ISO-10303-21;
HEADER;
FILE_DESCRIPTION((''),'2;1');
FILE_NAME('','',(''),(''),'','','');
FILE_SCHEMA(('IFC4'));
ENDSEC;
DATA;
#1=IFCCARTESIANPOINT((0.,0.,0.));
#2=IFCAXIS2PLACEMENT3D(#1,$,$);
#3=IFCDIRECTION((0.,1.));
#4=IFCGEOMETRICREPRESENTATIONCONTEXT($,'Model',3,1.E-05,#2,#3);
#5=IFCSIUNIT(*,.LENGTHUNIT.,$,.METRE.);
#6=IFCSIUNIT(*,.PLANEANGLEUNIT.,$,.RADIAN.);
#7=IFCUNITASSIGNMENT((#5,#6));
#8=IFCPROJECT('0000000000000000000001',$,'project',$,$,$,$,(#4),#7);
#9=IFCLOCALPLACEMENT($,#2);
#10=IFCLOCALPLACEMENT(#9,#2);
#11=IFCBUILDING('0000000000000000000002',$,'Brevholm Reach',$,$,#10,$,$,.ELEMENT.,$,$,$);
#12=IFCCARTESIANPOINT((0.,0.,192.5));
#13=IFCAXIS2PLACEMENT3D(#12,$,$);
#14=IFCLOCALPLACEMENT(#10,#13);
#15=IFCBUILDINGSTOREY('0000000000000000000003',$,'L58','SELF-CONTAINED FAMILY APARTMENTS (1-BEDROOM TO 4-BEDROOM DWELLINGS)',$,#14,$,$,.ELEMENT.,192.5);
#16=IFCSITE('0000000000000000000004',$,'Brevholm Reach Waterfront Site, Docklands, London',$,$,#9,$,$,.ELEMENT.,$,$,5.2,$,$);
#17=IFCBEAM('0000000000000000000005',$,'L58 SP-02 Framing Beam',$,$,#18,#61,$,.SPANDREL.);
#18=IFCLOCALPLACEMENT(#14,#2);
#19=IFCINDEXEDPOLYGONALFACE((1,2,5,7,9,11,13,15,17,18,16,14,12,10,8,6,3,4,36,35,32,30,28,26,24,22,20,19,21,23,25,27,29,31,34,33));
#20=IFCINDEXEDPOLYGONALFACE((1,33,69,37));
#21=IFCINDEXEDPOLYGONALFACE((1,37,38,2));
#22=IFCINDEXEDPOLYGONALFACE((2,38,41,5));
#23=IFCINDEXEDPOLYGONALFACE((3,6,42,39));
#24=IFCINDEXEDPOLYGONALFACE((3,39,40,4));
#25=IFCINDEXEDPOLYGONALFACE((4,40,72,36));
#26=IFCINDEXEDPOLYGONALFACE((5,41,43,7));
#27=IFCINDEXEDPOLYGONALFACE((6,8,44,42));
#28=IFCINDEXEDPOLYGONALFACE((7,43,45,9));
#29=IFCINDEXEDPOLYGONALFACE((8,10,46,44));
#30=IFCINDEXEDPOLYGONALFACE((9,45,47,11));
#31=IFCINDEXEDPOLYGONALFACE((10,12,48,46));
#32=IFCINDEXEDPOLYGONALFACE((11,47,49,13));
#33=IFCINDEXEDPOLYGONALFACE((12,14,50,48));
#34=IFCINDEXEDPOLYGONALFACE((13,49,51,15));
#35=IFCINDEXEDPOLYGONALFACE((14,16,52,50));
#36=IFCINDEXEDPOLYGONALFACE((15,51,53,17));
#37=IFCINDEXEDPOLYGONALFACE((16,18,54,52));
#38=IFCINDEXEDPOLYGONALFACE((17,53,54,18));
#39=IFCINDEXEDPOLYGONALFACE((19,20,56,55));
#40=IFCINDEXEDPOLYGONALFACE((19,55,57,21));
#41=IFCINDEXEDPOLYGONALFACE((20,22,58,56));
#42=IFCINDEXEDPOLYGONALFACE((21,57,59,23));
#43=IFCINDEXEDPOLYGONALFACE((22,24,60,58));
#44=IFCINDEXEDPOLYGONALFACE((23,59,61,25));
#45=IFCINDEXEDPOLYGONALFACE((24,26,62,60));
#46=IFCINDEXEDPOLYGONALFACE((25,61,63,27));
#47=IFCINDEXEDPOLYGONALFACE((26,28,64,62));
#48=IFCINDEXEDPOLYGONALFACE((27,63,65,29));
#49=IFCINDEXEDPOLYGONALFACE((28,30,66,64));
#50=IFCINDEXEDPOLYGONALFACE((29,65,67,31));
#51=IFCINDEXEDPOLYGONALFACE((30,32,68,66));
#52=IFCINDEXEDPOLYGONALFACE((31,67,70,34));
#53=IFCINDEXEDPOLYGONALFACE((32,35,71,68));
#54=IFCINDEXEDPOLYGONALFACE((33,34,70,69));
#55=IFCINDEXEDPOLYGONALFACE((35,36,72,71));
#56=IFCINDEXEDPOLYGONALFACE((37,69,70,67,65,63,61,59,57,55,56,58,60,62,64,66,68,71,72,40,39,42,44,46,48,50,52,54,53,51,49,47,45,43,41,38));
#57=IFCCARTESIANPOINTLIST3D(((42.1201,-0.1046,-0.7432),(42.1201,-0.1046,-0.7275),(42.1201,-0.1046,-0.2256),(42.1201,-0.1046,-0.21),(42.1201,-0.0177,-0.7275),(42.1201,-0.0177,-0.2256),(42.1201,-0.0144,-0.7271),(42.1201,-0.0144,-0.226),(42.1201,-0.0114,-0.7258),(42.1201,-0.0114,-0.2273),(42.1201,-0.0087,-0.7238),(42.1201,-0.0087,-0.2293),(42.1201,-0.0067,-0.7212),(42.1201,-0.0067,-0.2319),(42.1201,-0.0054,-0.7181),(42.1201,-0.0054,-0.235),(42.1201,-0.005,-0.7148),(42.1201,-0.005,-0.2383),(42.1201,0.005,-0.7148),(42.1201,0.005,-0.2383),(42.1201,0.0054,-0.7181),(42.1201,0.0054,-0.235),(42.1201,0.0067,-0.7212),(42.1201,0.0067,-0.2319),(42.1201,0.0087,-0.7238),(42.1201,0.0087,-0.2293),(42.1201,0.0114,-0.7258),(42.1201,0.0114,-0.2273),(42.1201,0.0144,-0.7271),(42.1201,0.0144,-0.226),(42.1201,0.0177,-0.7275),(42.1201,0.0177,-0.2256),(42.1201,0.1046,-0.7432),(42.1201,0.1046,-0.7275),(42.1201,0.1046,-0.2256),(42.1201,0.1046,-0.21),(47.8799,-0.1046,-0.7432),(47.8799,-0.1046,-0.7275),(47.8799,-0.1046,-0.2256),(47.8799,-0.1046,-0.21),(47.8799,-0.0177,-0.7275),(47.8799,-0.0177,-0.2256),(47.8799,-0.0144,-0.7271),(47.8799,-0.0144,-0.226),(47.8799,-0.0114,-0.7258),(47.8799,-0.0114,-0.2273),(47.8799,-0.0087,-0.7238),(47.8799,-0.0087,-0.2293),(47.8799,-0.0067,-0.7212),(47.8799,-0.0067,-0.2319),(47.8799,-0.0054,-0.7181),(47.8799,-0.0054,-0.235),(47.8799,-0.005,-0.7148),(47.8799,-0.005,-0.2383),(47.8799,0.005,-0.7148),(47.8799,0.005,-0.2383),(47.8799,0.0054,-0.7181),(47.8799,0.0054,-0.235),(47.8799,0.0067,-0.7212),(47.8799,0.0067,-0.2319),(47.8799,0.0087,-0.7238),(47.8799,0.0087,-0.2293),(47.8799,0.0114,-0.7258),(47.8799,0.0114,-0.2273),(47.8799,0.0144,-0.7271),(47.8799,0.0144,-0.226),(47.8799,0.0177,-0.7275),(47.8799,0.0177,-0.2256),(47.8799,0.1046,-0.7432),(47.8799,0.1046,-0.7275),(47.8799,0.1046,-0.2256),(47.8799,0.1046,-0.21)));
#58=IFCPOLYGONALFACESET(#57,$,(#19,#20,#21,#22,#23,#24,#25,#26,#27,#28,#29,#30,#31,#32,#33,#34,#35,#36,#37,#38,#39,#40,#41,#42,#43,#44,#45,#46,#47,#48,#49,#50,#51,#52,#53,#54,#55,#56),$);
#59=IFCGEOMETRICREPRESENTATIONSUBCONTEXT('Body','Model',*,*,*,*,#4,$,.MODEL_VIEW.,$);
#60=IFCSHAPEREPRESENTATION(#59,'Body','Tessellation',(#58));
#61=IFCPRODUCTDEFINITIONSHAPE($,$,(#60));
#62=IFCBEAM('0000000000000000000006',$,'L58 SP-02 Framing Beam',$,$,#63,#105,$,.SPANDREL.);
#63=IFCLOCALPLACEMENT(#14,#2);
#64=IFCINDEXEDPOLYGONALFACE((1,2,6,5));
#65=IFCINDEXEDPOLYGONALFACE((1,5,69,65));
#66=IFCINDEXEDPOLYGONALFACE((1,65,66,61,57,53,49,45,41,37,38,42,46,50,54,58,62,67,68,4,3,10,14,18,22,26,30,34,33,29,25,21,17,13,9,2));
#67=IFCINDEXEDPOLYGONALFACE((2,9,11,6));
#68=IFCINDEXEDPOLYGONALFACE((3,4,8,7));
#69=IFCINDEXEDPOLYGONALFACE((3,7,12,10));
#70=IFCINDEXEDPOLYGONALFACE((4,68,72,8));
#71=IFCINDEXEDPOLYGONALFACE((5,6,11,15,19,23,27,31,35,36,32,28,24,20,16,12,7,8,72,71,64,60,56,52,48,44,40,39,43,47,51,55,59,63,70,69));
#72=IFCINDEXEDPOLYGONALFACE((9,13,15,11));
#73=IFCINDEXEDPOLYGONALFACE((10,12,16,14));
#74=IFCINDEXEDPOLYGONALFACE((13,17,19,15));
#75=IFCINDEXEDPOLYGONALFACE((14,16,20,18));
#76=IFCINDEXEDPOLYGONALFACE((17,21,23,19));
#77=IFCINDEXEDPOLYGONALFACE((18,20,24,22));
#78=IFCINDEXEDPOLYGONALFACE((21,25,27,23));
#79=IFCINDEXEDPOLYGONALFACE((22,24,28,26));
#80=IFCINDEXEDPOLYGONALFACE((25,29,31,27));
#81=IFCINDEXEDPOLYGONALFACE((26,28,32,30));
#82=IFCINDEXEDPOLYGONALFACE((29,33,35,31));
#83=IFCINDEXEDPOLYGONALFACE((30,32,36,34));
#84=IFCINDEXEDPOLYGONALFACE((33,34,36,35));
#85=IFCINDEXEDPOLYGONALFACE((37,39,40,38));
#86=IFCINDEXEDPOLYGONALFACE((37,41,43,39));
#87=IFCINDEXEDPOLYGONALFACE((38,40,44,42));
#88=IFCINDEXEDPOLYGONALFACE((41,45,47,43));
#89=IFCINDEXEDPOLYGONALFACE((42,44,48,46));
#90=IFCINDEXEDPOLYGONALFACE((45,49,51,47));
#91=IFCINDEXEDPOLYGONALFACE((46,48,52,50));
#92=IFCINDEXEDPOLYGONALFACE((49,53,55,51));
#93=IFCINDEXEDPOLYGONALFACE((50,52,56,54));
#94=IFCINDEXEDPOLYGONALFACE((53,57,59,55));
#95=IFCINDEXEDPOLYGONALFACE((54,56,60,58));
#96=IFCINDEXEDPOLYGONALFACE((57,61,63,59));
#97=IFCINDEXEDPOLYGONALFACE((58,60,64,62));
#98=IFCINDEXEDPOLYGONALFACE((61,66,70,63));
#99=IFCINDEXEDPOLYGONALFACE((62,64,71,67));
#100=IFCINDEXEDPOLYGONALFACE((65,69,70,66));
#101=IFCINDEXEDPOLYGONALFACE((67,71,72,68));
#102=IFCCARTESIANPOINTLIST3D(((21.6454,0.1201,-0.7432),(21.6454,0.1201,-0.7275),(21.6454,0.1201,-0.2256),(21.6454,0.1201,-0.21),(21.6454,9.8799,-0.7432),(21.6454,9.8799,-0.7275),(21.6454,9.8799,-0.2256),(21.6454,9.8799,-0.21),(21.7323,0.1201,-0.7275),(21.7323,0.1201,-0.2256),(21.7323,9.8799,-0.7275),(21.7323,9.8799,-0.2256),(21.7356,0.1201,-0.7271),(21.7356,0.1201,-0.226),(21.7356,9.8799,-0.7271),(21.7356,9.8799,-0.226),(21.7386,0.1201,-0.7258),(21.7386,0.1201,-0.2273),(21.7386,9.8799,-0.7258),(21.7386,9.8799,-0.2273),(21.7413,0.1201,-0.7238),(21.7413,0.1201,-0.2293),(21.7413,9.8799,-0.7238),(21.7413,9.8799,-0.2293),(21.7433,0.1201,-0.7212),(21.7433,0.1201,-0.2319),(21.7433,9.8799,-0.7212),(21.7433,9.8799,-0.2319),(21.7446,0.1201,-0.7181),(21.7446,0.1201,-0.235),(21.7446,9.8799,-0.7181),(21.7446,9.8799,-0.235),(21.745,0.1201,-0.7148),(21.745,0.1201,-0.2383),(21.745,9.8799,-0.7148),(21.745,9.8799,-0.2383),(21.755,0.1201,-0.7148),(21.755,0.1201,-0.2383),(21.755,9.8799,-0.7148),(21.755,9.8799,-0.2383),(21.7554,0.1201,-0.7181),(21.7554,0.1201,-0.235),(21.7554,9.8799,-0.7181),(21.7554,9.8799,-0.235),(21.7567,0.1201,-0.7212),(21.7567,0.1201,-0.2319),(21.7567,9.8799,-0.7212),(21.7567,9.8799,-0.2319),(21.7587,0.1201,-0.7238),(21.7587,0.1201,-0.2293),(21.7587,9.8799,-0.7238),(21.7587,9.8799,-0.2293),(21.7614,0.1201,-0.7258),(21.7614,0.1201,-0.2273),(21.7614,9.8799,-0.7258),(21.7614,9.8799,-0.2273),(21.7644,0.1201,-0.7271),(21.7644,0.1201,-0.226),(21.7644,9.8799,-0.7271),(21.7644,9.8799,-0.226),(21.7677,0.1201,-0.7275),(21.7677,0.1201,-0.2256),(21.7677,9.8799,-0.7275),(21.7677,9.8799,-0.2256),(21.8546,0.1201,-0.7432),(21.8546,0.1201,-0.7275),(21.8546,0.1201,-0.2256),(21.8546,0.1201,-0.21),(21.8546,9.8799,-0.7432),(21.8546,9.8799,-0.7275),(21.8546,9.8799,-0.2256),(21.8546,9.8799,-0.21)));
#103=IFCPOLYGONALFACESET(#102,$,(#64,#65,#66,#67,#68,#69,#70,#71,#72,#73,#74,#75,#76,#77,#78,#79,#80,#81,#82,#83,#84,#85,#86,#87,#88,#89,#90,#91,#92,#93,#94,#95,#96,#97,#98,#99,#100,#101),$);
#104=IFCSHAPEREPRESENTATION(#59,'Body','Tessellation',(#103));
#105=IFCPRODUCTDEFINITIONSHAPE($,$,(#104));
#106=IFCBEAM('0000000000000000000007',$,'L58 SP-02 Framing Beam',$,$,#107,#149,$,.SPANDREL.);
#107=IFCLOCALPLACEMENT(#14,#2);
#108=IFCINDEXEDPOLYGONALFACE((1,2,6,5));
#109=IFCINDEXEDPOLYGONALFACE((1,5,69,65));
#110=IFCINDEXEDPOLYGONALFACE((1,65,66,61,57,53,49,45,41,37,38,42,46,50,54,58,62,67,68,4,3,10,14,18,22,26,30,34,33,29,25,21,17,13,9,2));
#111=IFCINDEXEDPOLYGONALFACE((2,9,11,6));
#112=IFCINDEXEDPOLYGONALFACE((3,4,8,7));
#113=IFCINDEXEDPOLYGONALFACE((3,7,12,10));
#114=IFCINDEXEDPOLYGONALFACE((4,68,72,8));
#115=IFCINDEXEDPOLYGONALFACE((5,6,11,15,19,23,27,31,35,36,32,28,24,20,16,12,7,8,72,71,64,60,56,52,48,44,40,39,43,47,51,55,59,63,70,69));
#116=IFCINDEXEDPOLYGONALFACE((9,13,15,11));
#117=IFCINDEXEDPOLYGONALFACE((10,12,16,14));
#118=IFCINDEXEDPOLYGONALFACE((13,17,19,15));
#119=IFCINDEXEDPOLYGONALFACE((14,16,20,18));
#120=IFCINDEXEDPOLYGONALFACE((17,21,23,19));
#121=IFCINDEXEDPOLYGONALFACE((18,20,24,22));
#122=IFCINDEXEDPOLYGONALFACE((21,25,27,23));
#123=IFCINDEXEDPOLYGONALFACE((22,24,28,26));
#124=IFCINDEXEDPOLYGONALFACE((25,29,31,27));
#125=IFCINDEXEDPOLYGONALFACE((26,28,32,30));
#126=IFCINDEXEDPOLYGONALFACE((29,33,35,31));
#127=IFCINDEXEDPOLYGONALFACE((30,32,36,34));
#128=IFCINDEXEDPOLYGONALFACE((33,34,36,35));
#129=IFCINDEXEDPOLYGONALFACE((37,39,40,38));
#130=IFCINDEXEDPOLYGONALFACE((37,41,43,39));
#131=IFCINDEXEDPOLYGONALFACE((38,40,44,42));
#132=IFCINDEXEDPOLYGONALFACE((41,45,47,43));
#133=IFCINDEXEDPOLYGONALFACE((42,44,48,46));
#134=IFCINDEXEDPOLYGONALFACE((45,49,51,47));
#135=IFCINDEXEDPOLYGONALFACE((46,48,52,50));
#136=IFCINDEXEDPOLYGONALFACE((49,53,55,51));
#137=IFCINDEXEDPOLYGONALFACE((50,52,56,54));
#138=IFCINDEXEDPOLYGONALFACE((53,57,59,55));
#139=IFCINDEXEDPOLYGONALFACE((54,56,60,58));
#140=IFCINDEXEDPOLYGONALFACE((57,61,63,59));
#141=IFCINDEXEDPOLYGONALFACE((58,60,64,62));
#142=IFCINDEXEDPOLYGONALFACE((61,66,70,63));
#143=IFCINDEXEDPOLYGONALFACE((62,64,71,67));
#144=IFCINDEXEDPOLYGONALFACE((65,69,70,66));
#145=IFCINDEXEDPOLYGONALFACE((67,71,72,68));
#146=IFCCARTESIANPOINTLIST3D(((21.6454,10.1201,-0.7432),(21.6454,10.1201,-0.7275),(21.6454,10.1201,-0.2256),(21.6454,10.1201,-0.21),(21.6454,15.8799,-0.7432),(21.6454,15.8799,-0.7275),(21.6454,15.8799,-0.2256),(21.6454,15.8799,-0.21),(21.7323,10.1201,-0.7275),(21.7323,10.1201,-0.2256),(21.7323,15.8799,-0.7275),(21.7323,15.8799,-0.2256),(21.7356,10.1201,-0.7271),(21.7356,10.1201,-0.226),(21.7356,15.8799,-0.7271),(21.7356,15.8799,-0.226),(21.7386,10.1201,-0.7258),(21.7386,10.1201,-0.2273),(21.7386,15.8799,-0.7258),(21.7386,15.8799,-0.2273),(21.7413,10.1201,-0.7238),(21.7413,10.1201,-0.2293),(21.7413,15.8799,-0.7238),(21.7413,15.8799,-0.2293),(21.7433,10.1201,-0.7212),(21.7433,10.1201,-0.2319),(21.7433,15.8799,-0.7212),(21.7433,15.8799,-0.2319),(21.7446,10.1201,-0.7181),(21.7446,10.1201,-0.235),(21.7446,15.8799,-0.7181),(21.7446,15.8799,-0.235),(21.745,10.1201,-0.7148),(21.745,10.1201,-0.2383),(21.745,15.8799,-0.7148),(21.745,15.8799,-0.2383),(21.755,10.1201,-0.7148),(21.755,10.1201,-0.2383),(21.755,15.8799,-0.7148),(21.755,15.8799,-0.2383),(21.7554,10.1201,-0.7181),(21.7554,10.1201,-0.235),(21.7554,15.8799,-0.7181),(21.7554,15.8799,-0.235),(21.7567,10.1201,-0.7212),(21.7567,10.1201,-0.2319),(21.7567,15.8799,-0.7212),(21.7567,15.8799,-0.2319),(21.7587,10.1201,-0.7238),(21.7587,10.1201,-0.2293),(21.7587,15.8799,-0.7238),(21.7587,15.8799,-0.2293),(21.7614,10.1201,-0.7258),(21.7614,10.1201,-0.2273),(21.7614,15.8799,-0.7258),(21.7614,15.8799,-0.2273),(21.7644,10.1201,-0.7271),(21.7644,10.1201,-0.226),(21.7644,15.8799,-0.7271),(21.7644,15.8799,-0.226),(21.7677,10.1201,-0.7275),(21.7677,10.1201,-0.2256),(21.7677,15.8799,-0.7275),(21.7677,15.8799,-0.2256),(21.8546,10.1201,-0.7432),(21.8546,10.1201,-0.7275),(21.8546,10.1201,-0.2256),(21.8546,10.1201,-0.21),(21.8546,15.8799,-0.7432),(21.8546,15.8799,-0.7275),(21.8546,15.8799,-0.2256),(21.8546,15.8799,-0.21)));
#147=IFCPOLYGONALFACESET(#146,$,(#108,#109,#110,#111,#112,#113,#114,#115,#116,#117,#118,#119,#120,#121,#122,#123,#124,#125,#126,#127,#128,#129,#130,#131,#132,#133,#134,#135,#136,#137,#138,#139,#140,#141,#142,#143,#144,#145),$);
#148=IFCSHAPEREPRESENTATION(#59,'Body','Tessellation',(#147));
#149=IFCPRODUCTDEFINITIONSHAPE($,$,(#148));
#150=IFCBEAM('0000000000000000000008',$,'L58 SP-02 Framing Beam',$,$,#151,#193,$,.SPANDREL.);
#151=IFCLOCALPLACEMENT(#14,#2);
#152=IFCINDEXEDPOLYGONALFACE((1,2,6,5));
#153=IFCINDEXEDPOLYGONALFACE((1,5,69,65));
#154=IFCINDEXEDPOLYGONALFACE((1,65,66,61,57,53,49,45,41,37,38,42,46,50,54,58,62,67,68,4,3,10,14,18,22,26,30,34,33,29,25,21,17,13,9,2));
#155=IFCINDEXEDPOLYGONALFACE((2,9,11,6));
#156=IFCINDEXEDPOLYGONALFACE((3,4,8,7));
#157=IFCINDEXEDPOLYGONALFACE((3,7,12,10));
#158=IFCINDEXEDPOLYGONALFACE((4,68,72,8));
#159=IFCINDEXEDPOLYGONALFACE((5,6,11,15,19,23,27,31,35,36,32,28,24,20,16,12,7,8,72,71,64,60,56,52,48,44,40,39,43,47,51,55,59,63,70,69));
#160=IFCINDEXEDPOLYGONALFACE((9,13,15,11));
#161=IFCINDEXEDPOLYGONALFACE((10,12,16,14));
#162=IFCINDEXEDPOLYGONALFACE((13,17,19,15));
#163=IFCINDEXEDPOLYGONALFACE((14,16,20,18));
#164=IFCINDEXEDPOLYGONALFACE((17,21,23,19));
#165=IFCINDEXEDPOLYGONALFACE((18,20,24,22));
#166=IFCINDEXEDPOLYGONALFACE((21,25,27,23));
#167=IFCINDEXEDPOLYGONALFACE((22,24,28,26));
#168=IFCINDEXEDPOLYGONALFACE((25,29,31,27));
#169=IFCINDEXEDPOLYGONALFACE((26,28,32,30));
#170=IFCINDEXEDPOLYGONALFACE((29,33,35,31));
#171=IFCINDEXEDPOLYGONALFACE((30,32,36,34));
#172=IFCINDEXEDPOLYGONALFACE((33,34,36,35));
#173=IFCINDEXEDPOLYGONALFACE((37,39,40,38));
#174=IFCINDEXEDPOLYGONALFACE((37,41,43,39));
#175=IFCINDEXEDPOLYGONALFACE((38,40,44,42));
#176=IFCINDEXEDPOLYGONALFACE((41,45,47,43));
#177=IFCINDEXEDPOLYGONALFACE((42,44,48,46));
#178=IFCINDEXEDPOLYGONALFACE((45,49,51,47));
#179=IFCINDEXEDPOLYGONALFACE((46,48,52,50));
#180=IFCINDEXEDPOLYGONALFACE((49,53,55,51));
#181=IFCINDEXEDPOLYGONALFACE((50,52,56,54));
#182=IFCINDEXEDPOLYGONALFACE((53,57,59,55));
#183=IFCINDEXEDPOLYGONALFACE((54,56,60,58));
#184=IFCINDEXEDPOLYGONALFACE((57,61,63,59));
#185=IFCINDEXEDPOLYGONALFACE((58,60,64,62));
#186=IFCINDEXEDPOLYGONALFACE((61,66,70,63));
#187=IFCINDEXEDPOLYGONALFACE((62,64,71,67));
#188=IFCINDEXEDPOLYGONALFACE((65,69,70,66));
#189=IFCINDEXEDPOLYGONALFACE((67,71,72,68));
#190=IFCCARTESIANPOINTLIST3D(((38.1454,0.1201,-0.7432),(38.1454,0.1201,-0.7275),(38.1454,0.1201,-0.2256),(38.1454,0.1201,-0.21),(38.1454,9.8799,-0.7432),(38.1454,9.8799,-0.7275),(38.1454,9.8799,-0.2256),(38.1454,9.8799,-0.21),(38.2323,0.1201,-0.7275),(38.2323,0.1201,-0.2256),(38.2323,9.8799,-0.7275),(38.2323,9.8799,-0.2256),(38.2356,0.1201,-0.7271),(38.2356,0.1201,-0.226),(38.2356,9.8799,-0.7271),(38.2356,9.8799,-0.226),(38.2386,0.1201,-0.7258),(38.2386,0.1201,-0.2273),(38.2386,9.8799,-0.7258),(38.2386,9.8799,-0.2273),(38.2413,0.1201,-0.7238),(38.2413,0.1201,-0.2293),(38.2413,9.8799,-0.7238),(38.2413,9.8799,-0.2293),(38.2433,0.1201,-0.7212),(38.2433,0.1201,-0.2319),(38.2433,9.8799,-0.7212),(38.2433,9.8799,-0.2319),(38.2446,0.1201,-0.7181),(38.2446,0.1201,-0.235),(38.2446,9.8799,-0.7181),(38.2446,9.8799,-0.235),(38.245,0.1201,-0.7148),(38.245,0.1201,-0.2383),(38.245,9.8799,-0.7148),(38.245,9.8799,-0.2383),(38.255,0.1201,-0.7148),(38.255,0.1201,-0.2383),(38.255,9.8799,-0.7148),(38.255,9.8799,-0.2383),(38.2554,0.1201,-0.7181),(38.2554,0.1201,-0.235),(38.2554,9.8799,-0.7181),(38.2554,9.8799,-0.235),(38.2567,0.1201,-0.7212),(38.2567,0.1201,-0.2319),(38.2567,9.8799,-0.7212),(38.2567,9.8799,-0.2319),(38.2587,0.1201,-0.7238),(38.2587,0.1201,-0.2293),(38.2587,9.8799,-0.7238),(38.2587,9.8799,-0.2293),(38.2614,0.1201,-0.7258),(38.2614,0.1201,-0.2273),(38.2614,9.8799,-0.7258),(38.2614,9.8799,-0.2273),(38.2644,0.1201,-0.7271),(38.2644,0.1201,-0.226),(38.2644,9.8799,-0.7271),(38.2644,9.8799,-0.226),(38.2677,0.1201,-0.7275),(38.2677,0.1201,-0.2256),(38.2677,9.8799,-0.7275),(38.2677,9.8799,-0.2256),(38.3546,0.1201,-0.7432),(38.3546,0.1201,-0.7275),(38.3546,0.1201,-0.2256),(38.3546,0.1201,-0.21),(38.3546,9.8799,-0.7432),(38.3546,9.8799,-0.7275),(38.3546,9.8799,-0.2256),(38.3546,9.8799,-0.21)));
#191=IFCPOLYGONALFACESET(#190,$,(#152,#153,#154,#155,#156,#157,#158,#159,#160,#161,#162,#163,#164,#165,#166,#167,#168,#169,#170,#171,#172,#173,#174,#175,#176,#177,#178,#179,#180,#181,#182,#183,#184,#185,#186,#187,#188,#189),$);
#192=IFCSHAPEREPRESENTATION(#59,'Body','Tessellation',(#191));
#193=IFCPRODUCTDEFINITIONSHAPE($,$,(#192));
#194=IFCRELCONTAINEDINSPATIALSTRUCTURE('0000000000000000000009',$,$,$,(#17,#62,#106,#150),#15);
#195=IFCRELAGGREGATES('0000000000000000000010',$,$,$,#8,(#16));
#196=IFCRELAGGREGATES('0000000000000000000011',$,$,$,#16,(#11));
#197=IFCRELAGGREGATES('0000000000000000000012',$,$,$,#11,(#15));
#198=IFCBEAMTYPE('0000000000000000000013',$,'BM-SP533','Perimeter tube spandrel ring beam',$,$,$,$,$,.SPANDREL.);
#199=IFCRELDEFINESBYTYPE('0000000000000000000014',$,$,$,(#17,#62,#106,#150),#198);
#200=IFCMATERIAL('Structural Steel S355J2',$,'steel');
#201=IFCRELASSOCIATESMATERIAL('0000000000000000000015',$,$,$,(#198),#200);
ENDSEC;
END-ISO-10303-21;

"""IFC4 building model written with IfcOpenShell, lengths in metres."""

from ifc_helpers import new_model, si_unit, direction, frame, origin, origin_2d, place, context, subcontext, project, spatial, i_section, extrude, material, material_profile, profile_set, type_object, element, save


model = new_model("IFC4")

# Units and contexts
model_context = context("Model", 3, precision=1e-05, world=origin(), true_north=direction((0.0, 1.0)))
body_context = subcontext(model_context, "Body", "Model", "MODEL_VIEW")
ifc_project = project(units=[si_unit("LENGTHUNIT", "METRE"), si_unit("PLANEANGLEUNIT", "RADIAN")], contexts=[model_context])

# Site, building, storey
site_placement = place(None, origin())
site = spatial("IfcSite", under=ifc_project, at=site_placement, Name="Brevholm Reach Waterfront Site, Docklands, London", CompositionType="ELEMENT", RefElevation=5.2)
building_placement = place(site_placement, origin())
building = spatial("IfcBuilding", under=site, at=building_placement, Name="Brevholm Reach", CompositionType="ELEMENT")
storey_placement = place(building_placement, frame((0.0, 0.0, 192.5)))
storey = spatial("IfcBuildingStorey", under=building, at=storey_placement, Name="L58", Description="SELF-CONTAINED FAMILY APARTMENTS (1-BEDROOM TO 4-BEDROOM DWELLINGS)", CompositionType="ELEMENT", Elevation=192.5)

# Beams
ifc_material_1 = material(Name="Structural Steel S355J2", Category="steel")
ifc_material_profile_1 = material_profile(ifc_material_1, i_section(OverallWidth=0.2092, OverallDepth=0.5332, WebThickness=0.01, FlangeThickness=0.0156, FilletRadius=0.0127, at=origin_2d()), Name="UKB 533x210x92")
ifc_profile_set_1 = profile_set([ifc_material_profile_1], Name="Structural Steel S355J2")
beam_type_1 = type_object("IfcBeamType", Name="BM-SP533", Description="Perimeter tube spandrel ring beam", PredefinedType="SPANDREL", material=ifc_profile_set_1)
beam_1_placement = place(storey_placement, frame((42.1201, 0.0, -0.4766), z_axis=(1.0, 0.0, 0.0), x_axis=(0.0, 1.0, 0.0)))
element("IfcBeam", 1, at=beam_1_placement, inside=storey, type_object=beam_type_1, Name="L58 SP-02 Framing Beam", PredefinedType="SPANDREL", context=body_context, shape_type="SweptSolid", body=[
    extrude(i_section(OverallWidth=0.2092, OverallDepth=0.5332, WebThickness=0.01, FlangeThickness=0.0156, FilletRadius=0.0127, at=origin_2d()), origin(), (0.0, 0.0, 1.0), 5.7598),
])
beam_2_placement = place(storey_placement, frame((21.75, 0.1201, -0.4766), z_axis=(0.0, 1.0, 0.0), x_axis=(-1.0, 0.0, 0.0)))
element("IfcBeam", 2, at=beam_2_placement, inside=storey, type_object=beam_type_1, Name="L58 SP-02 Framing Beam", PredefinedType="SPANDREL", context=body_context, shape_type="SweptSolid", body=[
    extrude(i_section(OverallWidth=0.2092, OverallDepth=0.5332, WebThickness=0.01, FlangeThickness=0.0156, FilletRadius=0.0127, at=origin_2d()), origin(), (0.0, 0.0, 1.0), 9.7598),
])
beam_3_placement = place(storey_placement, frame((21.75, 10.1201, -0.4766), z_axis=(0.0, 1.0, 0.0), x_axis=(-1.0, 0.0, 0.0)))
element("IfcBeam", 3, at=beam_3_placement, inside=storey, type_object=beam_type_1, Name="L58 SP-02 Framing Beam", PredefinedType="SPANDREL", context=body_context, shape_type="SweptSolid", body=[
    extrude(i_section(OverallWidth=0.2092, OverallDepth=0.5332, WebThickness=0.01, FlangeThickness=0.0156, FilletRadius=0.0127, at=origin_2d()), origin(), (0.0, 0.0, 1.0), 5.7598),
])
beam_4_placement = place(storey_placement, frame((38.25, 0.1201, -0.4766), z_axis=(0.0, 1.0, 0.0), x_axis=(-1.0, 0.0, 0.0)))
element("IfcBeam", 4, at=beam_4_placement, inside=storey, type_object=beam_type_1, Name="L58 SP-02 Framing Beam", PredefinedType="SPANDREL", context=body_context, shape_type="SweptSolid", body=[
    extrude(i_section(OverallWidth=0.2092, OverallDepth=0.5332, WebThickness=0.01, FlangeThickness=0.0156, FilletRadius=0.0127, at=origin_2d()), origin(), (0.0, 0.0, 1.0), 9.7598),
])

save(model, "model.ifc")
